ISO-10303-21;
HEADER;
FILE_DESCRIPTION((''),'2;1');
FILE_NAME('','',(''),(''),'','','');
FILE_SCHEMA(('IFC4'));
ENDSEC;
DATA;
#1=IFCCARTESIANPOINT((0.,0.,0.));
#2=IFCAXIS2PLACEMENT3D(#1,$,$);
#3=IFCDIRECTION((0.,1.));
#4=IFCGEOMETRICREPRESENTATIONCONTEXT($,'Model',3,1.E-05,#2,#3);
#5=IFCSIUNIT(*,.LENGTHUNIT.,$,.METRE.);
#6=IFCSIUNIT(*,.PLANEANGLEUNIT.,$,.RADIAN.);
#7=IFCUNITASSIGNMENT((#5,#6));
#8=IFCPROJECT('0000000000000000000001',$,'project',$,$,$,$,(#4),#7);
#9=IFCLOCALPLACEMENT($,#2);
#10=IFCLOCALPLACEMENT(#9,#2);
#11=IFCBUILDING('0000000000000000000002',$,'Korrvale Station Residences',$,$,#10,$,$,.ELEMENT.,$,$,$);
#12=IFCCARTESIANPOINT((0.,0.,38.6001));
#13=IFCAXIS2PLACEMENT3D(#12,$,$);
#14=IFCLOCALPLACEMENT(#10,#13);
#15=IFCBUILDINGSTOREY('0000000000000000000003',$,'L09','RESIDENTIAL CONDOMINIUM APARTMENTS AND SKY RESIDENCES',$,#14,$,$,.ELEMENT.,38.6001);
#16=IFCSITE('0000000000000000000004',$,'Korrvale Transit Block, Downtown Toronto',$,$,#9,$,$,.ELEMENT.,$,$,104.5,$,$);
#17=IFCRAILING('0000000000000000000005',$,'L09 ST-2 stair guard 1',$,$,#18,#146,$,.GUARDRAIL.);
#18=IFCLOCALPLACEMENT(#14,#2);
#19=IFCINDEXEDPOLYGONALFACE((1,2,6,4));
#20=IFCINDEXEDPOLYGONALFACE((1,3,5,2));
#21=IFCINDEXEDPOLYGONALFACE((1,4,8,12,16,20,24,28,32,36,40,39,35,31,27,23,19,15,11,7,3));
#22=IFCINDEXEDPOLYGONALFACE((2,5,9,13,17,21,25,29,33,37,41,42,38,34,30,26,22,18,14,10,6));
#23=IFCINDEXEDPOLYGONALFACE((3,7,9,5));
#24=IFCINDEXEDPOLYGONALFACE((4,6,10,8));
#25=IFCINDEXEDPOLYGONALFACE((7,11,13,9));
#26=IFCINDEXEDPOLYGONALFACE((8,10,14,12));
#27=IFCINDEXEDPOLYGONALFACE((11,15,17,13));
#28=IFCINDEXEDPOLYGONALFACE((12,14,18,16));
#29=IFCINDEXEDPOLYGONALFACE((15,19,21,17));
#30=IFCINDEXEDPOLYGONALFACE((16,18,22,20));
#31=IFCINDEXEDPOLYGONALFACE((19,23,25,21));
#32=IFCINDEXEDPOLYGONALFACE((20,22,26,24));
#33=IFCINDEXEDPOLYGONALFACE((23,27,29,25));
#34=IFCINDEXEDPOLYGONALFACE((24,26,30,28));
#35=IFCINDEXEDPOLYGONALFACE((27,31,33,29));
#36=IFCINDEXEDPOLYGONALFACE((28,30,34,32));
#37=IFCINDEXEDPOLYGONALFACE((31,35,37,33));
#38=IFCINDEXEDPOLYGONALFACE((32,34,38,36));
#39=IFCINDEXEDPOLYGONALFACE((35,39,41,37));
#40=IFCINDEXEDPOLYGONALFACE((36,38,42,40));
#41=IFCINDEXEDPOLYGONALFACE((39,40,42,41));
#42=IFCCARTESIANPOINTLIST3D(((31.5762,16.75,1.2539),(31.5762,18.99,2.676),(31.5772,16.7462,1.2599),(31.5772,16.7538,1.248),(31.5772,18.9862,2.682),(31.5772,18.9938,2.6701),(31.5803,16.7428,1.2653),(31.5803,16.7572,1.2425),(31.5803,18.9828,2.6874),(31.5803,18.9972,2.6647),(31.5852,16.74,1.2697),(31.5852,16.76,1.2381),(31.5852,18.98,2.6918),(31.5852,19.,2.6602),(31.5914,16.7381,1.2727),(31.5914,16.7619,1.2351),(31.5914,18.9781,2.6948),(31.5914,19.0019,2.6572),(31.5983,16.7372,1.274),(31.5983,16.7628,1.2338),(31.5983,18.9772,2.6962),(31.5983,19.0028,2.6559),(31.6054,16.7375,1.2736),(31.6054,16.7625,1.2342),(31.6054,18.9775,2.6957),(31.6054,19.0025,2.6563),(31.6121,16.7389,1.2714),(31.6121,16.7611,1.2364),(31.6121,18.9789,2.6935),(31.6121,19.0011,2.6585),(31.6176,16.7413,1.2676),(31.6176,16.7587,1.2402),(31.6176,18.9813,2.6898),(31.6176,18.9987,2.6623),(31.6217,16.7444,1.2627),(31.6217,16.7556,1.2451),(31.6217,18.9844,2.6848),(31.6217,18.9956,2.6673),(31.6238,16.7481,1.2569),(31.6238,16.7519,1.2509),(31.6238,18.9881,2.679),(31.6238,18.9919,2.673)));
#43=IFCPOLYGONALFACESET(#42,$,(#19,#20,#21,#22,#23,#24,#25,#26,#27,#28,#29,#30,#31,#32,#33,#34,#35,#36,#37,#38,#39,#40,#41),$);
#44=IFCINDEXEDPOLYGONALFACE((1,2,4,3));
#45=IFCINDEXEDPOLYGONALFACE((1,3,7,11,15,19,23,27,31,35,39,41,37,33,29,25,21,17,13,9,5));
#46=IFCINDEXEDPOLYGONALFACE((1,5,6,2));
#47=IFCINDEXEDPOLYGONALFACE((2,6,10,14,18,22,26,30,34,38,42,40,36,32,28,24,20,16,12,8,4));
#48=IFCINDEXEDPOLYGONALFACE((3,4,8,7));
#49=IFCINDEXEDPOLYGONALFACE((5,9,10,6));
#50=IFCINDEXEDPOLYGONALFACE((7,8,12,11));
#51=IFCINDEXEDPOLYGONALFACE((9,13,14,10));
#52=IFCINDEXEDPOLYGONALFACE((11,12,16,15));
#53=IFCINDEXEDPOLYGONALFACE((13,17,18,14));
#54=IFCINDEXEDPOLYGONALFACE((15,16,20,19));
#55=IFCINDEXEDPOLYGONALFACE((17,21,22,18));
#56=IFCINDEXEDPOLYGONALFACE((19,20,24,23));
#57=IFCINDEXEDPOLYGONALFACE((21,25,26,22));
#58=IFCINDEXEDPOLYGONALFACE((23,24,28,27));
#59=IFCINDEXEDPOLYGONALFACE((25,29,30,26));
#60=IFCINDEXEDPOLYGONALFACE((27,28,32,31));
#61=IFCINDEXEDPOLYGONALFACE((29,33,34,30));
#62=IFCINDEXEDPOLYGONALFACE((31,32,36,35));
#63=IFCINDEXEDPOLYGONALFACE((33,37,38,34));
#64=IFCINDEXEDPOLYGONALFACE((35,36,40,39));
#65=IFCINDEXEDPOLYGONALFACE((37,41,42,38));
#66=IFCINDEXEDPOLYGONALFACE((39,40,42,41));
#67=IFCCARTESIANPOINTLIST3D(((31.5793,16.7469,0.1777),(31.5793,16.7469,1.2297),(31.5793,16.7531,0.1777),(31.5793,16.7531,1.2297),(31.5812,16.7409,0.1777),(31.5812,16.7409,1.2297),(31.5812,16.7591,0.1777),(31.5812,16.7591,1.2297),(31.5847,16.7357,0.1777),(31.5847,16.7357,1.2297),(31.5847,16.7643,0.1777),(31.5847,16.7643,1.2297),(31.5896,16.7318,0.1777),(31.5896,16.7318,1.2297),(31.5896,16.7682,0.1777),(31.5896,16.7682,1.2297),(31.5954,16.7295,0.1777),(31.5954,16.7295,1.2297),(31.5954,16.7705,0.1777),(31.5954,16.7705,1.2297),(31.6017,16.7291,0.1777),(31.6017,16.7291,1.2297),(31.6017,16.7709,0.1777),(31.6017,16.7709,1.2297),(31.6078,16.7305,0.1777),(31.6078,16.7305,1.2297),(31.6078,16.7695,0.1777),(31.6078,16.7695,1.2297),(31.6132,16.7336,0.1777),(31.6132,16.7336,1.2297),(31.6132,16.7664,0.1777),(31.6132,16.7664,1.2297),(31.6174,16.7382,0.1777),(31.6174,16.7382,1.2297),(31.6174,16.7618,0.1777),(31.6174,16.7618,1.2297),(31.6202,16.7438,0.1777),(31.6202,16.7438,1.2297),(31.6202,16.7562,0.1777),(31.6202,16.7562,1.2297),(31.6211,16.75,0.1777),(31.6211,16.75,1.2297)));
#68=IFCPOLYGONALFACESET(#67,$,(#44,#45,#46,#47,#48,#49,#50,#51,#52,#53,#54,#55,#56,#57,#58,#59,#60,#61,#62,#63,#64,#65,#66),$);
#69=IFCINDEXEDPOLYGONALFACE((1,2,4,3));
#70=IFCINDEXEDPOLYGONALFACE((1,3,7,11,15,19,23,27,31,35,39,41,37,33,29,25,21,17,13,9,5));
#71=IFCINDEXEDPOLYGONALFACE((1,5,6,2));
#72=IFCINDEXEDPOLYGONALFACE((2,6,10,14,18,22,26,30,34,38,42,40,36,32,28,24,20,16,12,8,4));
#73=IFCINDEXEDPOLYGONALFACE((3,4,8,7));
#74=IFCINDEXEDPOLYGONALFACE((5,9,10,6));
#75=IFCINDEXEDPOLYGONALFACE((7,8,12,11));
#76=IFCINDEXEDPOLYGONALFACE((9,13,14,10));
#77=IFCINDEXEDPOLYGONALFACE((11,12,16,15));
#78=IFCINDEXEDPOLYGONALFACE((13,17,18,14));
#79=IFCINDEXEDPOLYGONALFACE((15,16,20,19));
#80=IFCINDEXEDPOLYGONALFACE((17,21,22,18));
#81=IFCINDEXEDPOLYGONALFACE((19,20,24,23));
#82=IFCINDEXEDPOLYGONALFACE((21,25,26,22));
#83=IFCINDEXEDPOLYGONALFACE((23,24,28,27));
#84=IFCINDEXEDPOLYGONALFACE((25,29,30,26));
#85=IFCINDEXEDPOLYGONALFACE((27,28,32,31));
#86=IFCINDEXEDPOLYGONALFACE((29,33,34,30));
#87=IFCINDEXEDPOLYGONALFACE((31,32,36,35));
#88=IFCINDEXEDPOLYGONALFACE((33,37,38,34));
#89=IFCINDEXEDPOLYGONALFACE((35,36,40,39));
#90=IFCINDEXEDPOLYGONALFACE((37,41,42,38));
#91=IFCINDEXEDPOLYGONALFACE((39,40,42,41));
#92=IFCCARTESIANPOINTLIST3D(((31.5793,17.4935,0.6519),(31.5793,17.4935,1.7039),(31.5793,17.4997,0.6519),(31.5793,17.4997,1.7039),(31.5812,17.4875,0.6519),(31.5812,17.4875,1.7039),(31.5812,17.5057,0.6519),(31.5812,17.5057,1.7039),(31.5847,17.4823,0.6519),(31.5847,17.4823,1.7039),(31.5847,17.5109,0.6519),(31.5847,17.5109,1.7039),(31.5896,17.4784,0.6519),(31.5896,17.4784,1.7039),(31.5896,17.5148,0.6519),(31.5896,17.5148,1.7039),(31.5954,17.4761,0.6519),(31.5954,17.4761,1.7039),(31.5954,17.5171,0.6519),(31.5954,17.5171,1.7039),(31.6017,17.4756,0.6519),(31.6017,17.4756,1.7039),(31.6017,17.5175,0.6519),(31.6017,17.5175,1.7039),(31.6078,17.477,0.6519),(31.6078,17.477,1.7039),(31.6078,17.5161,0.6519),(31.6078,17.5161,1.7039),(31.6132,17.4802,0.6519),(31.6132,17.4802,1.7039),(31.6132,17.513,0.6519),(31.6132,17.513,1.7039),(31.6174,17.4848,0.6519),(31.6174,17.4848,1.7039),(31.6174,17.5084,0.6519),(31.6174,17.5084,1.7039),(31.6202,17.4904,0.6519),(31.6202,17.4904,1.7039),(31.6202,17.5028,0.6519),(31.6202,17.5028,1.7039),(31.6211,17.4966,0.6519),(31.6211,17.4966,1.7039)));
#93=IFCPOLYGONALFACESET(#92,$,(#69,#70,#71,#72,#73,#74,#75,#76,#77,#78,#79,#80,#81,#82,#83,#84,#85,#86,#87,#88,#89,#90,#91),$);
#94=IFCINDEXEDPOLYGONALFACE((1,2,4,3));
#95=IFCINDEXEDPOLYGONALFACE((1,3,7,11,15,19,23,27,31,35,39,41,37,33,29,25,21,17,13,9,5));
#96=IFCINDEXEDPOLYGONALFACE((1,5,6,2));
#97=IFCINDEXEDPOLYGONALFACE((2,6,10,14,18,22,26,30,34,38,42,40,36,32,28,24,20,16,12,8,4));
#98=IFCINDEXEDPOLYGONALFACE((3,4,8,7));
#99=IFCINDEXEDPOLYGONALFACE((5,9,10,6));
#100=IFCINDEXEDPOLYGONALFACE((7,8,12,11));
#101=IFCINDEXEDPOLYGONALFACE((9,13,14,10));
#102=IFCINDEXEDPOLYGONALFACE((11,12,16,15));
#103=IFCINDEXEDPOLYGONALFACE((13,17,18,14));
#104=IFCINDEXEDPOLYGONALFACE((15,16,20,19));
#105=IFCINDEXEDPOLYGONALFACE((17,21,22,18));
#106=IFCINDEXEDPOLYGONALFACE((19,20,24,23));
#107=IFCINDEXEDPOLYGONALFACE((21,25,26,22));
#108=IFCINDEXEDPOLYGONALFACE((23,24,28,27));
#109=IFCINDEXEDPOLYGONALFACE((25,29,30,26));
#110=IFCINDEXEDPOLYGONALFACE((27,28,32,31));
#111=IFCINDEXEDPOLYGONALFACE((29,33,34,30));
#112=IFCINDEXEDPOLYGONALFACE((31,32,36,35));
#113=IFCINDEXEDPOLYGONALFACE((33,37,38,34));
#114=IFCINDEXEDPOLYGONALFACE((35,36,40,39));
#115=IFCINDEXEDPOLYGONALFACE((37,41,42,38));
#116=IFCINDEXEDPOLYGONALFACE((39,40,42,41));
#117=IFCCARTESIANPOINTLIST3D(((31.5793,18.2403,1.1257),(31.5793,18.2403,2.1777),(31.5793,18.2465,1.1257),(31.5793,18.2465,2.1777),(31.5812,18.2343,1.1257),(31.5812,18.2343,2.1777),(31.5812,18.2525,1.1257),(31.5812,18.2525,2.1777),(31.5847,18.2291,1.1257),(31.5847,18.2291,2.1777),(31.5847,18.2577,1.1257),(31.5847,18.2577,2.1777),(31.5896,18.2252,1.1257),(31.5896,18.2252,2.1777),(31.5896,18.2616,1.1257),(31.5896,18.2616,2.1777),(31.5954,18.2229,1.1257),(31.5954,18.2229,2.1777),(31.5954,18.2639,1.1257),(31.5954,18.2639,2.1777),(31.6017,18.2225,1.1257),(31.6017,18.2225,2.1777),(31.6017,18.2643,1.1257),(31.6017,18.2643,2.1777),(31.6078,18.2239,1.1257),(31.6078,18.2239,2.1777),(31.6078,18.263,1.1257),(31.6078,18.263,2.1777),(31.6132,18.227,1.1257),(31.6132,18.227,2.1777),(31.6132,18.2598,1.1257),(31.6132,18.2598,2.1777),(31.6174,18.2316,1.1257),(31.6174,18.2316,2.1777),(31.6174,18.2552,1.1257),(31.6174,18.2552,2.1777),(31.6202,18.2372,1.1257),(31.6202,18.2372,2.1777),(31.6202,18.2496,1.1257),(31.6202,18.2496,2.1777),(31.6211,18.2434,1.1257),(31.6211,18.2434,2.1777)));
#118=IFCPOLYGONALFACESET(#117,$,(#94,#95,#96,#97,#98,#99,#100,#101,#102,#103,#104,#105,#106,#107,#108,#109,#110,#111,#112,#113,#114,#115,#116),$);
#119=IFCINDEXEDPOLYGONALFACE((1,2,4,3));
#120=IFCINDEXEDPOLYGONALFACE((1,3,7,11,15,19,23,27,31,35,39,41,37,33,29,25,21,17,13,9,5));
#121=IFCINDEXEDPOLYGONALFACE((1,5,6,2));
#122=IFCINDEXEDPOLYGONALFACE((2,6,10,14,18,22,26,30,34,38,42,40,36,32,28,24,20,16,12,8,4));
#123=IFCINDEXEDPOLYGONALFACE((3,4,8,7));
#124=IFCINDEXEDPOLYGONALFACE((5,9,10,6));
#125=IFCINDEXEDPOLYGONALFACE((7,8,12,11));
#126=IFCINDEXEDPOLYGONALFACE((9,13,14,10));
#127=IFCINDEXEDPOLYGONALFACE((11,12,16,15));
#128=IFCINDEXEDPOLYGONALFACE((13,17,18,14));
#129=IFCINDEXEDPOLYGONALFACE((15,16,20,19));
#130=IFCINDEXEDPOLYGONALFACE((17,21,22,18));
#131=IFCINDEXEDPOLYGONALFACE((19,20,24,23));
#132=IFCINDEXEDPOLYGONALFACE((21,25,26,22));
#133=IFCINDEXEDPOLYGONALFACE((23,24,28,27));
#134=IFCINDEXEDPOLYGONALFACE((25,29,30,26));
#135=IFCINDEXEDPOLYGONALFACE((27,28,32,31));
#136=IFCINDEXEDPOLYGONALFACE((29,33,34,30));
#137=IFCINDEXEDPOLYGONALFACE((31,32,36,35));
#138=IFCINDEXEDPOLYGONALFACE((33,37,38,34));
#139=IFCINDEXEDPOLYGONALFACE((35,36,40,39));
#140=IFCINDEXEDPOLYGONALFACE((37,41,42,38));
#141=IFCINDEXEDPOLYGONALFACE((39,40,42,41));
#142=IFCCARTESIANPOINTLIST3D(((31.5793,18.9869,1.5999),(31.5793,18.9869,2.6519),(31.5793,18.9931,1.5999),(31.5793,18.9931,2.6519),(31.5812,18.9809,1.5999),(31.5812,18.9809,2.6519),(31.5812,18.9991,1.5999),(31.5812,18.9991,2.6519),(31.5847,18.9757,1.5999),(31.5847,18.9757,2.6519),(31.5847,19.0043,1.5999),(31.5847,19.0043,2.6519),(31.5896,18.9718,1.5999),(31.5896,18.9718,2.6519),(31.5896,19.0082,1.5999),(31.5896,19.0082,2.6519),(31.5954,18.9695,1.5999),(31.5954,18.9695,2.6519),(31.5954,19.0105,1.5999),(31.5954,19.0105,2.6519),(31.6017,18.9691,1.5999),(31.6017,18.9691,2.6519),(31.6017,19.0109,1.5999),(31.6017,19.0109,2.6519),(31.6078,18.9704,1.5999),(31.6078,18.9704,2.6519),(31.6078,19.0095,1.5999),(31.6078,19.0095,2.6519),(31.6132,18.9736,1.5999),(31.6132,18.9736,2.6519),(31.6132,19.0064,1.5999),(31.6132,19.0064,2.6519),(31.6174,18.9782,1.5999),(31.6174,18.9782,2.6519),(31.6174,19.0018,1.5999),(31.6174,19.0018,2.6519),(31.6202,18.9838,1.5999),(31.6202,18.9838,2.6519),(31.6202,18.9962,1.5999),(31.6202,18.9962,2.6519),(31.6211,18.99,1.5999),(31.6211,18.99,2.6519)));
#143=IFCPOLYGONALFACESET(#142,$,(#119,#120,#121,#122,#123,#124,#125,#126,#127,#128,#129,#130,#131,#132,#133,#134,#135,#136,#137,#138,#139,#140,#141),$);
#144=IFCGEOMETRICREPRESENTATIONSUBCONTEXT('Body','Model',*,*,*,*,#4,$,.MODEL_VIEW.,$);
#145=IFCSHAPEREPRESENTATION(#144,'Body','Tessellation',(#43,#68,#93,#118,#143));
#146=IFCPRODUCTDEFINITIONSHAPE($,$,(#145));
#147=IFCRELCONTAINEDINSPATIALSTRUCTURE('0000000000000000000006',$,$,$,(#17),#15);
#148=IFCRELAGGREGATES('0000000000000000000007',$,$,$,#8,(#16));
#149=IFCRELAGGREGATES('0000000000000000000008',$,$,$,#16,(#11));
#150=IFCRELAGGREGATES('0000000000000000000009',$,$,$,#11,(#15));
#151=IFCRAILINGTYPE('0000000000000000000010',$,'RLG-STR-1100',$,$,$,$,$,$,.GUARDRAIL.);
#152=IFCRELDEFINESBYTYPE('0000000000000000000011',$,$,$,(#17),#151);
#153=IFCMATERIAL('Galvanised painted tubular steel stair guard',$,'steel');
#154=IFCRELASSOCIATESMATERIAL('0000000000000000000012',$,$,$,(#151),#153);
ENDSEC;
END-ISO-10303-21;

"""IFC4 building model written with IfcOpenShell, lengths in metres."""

from ifc_helpers import new_model, si_unit, direction, frame, origin, origin_2d, place, context, subcontext, project, spatial, circle, extrude, material, type_object, element, save


model = new_model("IFC4")

# Units and contexts
model_context = context("Model", 3, precision=1e-05, world=origin(), true_north=direction((0.0, 1.0)))
body_context = subcontext(model_context, "Body", "Model", "MODEL_VIEW")
ifc_project = project(units=[si_unit("LENGTHUNIT", "METRE"), si_unit("PLANEANGLEUNIT", "RADIAN")], contexts=[model_context])

# Site, building, storey
site_placement = place(None, origin())
site = spatial("IfcSite", under=ifc_project, at=site_placement, Name="Korrvale Transit Block, Downtown Toronto", CompositionType="ELEMENT", RefElevation=104.5)
building_placement = place(site_placement, origin())
building = spatial("IfcBuilding", under=site, at=building_placement, Name="Korrvale Station Residences", CompositionType="ELEMENT")
storey_placement = place(building_placement, frame((0.0, 0.0, 38.6001)))
storey = spatial("IfcBuildingStorey", under=building, at=storey_placement, Name="L09", Description="RESIDENTIAL CONDOMINIUM APARTMENTS AND SKY RESIDENCES", CompositionType="ELEMENT", Elevation=38.6001)

# Railing
ifc_material_1 = material(Name="Galvanised painted tubular steel stair guard", Category="steel")
railing_type_1 = type_object("IfcRailingType", Name="RLG-STR-1100", PredefinedType="GUARDRAIL", material=ifc_material_1)
railing_1_placement = place(storey_placement, frame((31.6001, 16.75, 0.1777)))
element("IfcRailing", 1, at=railing_1_placement, inside=storey, type_object=railing_type_1, Name="L09 ST-2 stair guard 1", PredefinedType="GUARDRAIL", context=body_context, shape_type="SweptSolid", body=[
    extrude(circle(Radius=0.0239, at=origin_2d()), frame((0.0, 0.0, 1.0762), z_axis=(0.0, 0.844229, 0.535982), x_axis=(-1.0, 0.0, 0.0)), (0.0, 0.0, 1.0), 2.6533),
    extrude(circle(Radius=0.021, at=origin_2d()), origin(), (0.0, 0.0, 1.0), 1.052),
    extrude(circle(Radius=0.021, at=origin_2d()), frame((0.0, 0.7466, 0.4741)), (0.0, 0.0, 1.0), 1.052),
    extrude(circle(Radius=0.021, at=origin_2d()), frame((0.0, 1.4934, 0.948)), (0.0, 0.0, 1.0), 1.052),
    extrude(circle(Radius=0.021, at=origin_2d()), frame((0.0, 2.24, 1.4221)), (0.0, 0.0, 1.0), 1.052),
])

save(model, "model.ifc")
